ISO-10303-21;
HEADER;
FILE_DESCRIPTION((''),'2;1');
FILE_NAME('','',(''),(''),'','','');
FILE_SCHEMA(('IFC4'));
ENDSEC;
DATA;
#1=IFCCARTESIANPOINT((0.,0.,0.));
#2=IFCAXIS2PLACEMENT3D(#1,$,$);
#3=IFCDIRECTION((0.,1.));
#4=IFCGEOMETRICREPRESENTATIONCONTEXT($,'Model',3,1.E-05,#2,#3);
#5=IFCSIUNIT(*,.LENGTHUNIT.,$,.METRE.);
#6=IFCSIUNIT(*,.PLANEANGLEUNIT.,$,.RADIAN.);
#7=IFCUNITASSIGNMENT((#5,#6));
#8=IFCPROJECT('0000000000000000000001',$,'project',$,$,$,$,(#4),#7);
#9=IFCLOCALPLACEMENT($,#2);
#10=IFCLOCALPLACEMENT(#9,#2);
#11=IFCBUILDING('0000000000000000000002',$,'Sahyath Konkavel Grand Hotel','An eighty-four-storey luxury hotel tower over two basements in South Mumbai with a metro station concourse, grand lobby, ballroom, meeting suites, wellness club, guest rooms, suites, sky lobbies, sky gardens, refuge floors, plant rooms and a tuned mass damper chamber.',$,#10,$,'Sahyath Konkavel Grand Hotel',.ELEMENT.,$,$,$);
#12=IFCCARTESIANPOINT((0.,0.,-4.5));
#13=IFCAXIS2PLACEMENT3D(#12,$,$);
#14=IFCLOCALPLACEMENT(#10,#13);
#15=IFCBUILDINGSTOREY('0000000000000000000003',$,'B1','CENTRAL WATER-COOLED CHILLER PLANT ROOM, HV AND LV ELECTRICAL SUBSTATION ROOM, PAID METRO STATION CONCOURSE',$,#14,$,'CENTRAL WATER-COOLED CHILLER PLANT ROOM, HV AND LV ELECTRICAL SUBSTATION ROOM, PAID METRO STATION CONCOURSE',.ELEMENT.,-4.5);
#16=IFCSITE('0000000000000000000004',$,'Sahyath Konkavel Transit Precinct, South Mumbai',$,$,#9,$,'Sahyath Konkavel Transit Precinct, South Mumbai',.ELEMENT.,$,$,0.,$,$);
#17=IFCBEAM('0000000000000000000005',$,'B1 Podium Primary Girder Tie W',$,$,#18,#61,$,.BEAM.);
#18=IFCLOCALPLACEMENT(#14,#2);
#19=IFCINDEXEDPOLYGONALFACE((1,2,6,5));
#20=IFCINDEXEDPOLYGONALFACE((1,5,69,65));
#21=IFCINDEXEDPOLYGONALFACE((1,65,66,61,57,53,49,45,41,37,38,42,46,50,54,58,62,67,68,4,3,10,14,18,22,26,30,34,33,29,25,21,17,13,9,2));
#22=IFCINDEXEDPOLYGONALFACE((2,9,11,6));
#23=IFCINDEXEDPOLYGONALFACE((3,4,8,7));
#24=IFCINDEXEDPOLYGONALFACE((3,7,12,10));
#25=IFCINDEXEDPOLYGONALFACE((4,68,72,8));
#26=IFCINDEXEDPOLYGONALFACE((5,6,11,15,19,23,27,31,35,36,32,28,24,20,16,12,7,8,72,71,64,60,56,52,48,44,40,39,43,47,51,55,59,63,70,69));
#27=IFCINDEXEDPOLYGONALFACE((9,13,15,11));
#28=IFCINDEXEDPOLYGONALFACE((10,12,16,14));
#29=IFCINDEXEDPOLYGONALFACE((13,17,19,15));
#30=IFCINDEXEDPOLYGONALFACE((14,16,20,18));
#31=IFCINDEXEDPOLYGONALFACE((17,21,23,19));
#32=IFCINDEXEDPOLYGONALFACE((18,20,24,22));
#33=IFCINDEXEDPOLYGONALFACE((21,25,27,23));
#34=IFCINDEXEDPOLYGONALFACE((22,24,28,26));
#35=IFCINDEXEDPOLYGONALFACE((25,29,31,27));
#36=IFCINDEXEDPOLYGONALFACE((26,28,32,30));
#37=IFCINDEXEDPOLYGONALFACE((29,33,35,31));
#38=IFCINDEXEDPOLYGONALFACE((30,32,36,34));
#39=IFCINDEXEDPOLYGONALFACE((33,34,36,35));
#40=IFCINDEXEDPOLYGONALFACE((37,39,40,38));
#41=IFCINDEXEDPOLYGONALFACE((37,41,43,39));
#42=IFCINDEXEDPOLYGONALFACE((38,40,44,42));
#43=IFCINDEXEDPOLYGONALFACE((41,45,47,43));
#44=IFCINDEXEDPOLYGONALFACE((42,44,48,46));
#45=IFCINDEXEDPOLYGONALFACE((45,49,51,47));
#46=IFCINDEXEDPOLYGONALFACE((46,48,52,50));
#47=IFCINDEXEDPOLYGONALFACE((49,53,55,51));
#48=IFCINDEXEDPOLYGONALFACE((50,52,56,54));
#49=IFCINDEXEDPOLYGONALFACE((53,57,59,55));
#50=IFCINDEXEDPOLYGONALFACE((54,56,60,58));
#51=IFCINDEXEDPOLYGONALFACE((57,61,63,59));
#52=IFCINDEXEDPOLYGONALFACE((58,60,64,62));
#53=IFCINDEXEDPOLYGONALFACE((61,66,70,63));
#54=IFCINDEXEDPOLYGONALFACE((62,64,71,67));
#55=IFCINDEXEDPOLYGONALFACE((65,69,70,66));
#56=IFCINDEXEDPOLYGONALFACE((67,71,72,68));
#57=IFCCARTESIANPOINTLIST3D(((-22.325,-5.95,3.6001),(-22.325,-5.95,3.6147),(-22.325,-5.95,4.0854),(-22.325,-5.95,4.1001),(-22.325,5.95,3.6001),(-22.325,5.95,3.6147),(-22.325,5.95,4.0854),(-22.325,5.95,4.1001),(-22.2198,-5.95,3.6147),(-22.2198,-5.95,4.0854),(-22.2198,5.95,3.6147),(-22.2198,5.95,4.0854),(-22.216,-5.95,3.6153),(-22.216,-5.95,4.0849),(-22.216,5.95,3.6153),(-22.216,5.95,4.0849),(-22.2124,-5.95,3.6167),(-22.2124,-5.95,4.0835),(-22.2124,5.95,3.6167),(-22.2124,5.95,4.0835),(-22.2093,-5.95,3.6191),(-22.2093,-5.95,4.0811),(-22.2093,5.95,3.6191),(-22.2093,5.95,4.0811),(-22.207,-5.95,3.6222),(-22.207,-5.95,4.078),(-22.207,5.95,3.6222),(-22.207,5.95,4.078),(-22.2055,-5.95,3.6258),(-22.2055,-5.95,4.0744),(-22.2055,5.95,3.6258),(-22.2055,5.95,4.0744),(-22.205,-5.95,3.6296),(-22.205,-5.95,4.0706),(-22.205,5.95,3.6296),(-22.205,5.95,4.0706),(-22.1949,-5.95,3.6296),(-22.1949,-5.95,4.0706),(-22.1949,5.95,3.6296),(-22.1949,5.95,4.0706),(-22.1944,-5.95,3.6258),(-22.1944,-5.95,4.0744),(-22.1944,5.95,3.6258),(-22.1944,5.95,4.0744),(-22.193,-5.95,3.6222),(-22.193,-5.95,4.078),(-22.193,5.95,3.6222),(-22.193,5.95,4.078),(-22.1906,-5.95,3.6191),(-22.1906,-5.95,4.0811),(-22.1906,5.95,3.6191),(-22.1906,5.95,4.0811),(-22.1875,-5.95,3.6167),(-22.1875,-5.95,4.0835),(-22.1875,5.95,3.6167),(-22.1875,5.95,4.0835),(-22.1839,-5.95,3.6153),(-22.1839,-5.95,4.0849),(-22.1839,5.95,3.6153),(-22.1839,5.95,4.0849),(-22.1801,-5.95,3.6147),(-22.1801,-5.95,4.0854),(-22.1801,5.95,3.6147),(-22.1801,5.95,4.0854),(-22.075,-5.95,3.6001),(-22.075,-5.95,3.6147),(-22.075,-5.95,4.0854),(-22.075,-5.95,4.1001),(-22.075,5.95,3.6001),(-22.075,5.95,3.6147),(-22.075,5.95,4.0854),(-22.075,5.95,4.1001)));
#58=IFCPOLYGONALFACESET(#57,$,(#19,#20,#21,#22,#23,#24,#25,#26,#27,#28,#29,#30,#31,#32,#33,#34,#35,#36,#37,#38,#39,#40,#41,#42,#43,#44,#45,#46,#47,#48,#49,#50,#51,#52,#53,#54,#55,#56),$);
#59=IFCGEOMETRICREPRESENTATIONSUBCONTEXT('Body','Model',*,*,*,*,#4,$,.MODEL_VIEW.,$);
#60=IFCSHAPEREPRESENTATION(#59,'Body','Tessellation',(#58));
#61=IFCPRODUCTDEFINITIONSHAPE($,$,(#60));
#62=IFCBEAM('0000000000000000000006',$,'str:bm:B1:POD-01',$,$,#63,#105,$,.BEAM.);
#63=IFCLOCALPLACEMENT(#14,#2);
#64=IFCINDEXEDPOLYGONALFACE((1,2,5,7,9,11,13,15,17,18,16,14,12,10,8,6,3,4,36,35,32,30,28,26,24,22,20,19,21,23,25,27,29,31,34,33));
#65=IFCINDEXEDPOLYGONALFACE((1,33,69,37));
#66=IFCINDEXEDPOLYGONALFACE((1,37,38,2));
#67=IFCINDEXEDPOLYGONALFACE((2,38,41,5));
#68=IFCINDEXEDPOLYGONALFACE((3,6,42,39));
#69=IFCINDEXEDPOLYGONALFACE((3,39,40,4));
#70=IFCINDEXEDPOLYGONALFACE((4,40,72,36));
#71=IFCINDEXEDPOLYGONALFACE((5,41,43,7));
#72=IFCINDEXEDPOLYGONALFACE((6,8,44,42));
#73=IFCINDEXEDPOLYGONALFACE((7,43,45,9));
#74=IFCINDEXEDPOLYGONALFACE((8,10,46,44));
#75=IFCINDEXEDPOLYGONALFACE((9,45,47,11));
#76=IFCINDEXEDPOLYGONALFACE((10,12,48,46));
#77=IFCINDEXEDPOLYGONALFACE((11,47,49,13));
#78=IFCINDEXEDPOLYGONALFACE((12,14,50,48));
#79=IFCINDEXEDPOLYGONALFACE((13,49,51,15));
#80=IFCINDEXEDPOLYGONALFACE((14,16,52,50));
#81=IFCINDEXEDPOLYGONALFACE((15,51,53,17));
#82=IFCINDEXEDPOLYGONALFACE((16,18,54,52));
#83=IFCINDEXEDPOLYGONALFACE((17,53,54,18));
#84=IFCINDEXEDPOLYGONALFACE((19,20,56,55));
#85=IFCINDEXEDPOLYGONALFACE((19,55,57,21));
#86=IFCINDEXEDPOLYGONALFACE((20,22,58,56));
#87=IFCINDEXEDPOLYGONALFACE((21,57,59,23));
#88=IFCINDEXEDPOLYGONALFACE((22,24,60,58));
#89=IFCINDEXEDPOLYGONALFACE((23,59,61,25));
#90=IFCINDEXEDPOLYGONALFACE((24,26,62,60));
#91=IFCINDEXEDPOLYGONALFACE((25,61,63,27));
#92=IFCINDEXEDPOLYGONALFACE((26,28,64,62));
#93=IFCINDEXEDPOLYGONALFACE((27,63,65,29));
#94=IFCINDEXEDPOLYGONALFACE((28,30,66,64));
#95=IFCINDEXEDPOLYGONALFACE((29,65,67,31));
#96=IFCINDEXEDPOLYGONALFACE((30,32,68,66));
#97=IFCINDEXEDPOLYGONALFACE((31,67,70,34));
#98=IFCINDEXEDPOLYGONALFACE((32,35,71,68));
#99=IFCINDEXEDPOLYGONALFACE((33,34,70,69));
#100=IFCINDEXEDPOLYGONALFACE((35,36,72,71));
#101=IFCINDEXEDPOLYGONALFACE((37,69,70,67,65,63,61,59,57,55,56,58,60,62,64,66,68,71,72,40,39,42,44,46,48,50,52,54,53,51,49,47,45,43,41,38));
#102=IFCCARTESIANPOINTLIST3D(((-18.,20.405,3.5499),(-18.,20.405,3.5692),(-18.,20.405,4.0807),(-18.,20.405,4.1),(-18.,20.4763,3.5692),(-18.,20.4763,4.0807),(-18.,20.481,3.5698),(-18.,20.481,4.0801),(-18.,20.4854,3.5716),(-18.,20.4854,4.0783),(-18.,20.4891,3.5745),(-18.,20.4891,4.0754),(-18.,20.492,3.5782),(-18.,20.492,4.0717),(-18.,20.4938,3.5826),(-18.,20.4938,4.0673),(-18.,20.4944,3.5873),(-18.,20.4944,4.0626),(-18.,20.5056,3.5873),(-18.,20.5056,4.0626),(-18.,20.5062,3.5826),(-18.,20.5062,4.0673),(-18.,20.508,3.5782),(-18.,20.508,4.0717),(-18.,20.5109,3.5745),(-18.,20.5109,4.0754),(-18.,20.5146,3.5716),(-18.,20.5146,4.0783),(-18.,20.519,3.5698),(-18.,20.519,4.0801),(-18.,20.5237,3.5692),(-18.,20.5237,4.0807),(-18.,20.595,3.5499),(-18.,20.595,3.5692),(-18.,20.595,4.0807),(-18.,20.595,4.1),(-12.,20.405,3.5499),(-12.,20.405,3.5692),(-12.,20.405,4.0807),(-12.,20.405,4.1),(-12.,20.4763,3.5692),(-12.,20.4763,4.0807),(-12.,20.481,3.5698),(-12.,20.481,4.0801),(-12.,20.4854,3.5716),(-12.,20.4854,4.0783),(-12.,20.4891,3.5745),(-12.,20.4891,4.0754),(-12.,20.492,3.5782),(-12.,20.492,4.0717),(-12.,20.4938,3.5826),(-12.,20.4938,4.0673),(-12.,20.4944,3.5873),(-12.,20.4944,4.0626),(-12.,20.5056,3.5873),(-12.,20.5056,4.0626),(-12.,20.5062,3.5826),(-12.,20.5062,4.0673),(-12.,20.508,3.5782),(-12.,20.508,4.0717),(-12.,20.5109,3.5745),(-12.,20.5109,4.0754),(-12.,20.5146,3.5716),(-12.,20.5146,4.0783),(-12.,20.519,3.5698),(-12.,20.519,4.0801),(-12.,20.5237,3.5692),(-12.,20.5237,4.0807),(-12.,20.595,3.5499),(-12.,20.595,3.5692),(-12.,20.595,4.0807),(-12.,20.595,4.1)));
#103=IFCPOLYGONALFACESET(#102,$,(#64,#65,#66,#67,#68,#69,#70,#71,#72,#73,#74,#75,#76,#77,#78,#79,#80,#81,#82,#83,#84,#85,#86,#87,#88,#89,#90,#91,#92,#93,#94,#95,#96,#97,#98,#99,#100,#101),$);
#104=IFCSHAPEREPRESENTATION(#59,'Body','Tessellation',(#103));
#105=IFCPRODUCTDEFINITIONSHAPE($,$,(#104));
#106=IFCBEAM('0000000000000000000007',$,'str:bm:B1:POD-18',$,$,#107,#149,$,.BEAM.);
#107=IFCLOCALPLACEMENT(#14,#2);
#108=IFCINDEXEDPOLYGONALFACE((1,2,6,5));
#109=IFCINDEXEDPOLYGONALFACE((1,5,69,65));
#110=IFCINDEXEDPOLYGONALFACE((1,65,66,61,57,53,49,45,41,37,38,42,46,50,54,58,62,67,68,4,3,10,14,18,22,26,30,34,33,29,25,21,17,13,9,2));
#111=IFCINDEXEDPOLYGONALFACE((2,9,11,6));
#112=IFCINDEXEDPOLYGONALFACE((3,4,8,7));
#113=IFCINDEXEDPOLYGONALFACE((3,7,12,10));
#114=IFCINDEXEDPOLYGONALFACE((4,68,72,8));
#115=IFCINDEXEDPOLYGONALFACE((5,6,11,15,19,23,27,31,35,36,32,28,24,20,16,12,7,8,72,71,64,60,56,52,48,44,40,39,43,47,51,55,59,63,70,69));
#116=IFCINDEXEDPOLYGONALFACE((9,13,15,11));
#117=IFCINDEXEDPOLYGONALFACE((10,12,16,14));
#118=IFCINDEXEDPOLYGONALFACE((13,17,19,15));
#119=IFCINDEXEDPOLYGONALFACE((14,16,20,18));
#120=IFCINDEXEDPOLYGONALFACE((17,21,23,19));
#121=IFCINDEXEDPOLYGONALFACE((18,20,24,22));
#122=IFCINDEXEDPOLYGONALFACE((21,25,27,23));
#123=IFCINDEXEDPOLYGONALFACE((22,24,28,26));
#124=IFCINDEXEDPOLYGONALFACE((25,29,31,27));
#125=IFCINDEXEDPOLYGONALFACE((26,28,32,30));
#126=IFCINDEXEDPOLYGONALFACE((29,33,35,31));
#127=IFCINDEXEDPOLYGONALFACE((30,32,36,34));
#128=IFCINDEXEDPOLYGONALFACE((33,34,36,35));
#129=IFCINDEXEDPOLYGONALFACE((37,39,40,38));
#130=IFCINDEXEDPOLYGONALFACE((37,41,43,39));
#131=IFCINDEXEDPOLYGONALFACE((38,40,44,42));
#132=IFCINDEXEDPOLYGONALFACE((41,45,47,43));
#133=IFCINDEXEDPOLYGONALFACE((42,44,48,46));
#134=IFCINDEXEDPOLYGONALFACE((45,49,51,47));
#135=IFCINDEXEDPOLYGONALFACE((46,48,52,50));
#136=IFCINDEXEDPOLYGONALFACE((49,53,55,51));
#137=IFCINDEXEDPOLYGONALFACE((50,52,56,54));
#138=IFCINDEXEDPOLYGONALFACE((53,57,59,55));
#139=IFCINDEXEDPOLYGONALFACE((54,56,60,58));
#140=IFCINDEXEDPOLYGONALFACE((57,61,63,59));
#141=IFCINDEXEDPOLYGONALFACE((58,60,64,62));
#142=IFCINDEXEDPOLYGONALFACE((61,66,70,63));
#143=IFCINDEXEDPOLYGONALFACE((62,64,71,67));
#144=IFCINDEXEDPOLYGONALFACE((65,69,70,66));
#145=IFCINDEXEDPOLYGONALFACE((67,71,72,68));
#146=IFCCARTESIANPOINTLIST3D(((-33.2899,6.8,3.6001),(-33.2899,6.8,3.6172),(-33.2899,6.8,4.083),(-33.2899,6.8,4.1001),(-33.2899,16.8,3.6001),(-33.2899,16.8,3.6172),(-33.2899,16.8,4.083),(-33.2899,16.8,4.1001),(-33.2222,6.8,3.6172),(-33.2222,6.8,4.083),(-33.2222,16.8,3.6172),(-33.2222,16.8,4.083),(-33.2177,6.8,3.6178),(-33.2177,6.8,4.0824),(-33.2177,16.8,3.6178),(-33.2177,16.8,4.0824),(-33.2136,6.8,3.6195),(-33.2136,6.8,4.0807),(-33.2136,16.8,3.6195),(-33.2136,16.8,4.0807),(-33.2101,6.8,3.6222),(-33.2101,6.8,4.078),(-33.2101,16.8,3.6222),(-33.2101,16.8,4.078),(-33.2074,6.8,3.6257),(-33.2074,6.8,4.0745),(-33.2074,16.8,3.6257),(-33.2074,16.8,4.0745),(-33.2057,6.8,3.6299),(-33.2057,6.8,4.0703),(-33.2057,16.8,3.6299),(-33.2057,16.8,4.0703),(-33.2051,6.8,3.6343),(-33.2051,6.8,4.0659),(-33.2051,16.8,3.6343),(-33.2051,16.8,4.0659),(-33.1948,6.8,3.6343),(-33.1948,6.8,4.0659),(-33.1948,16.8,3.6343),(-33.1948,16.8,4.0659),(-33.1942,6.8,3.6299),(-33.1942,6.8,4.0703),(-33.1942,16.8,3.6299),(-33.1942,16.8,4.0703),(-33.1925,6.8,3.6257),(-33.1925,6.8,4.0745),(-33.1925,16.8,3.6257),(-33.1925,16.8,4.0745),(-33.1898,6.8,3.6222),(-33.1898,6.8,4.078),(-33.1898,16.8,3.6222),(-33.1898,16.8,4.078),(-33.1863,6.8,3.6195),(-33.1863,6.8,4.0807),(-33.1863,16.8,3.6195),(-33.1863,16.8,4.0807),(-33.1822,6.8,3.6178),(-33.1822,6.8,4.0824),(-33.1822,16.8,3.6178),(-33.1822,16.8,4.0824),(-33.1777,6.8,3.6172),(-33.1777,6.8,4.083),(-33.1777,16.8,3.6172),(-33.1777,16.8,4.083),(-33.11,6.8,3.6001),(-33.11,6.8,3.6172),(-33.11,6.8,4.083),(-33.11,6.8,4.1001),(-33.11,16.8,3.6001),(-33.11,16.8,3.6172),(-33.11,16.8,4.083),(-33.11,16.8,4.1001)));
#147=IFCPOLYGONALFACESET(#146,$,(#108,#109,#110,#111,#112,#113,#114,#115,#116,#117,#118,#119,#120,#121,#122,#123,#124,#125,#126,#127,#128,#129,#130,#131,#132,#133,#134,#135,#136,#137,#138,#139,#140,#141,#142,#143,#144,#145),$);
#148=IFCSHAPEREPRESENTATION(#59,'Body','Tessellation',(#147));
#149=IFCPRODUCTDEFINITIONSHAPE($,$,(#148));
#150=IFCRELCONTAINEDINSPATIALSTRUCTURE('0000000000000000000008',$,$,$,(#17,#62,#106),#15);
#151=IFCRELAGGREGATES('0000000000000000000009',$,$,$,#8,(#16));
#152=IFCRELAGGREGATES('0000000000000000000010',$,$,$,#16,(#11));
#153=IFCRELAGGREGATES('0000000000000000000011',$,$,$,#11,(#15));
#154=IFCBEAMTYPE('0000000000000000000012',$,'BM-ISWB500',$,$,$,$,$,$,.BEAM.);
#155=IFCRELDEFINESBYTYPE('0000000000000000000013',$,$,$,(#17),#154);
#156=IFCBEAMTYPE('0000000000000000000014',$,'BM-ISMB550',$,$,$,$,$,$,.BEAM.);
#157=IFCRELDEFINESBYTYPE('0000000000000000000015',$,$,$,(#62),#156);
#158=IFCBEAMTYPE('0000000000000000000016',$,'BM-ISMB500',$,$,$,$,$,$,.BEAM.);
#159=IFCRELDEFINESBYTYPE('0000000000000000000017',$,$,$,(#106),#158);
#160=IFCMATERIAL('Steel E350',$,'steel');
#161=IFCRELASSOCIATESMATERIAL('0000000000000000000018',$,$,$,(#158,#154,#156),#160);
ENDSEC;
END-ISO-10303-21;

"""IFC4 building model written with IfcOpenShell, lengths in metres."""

from ifc_helpers import new_model, si_unit, direction, frame, origin, origin_2d, place, context, subcontext, project, spatial, i_section, extrude, source, transform, mapped, material, material_profile, profile_set, type_object, element, save


model = new_model("IFC4")

# Units and contexts
model_context = context("Model", 3, precision=1e-05, world=origin(), true_north=direction((0.0, 1.0)))
body_context = subcontext(model_context, "Body", "Model", "MODEL_VIEW")
ifc_project = project(units=[si_unit("LENGTHUNIT", "METRE"), si_unit("PLANEANGLEUNIT", "RADIAN")], contexts=[model_context])

# Site, building, storey
site_placement = place(None, origin())
site = spatial("IfcSite", under=ifc_project, at=site_placement, Name="Sahyath Konkavel Transit Precinct, South Mumbai", LongName="Sahyath Konkavel Transit Precinct, South Mumbai", CompositionType="ELEMENT", RefElevation=0.0)
building_placement = place(site_placement, origin())
building = spatial("IfcBuilding", under=site, at=building_placement, Name="Sahyath Konkavel Grand Hotel", Description="An eighty-four-storey luxury hotel tower over two basements in South Mumbai with a metro station concourse, grand lobby, ballroom, meeting suites, wellness club, guest rooms, suites, sky lobbies, sky gardens, refuge floors, plant rooms and a tuned mass damper chamber.", LongName="Sahyath Konkavel Grand Hotel", CompositionType="ELEMENT")
storey_placement = place(building_placement, frame((0.0, 0.0, -4.5)))
storey = spatial("IfcBuildingStorey", under=building, at=storey_placement, Name="B1", Description="CENTRAL WATER-COOLED CHILLER PLANT ROOM, HV AND LV ELECTRICAL SUBSTATION ROOM, PAID METRO STATION CONCOURSE", LongName="CENTRAL WATER-COOLED CHILLER PLANT ROOM, HV AND LV ELECTRICAL SUBSTATION ROOM, PAID METRO STATION CONCOURSE", CompositionType="ELEMENT", Elevation=-4.5)

# Beams
ifc_material_1 = material(Name="Steel E350", Category="steel")
ifc_material_profile_1 = material_profile(ifc_material_1, i_section(OverallWidth=0.1799, OverallDepth=0.5, WebThickness=0.0103, FlangeThickness=0.0171, FilletRadius=0.0171, at=origin_2d()), Name="ISMB 500")
ifc_profile_set_1 = profile_set([ifc_material_profile_1], Name="Steel E350")
beam_type_1 = type_object("IfcBeamType", Name="BM-ISMB500", PredefinedType="BEAM", material=ifc_profile_set_1)
ifc_material_profile_2 = material_profile(ifc_material_1, i_section(OverallWidth=0.25, OverallDepth=0.5, WebThickness=0.01, FlangeThickness=0.0146, FilletRadius=0.0149, at=origin_2d()), Name="ISWB 500")
ifc_profile_set_2 = profile_set([ifc_material_profile_2], Name="Steel E350")
beam_type_2 = type_object("IfcBeamType", Name="BM-ISWB500", PredefinedType="BEAM", material=ifc_profile_set_2)
shared_shape_1 = source(origin(), body_context, "Body", "SweptSolid", [
    extrude(i_section(OverallWidth=0.25, OverallDepth=0.5, WebThickness=0.01, FlangeThickness=0.0146, FilletRadius=0.0149, at=origin_2d()), origin(), (0.0, 0.0, 1.0), 11.8999),
])
beam_1_placement = place(storey_placement, frame((-22.2, 5.95, 3.8501), z_axis=(0.0, -1.0, 0.0), x_axis=(1.0, 0.0, 0.0)))
element("IfcBeam", 1, at=beam_1_placement, inside=storey, type_object=beam_type_2, Name="B1 Podium Primary Girder Tie W", PredefinedType="BEAM", context=body_context, shape_type="MappedRepresentation", body=[
    mapped(shared_shape_1, transform((0.0, 0.0, 0.0), scale=1.0)),
])
ifc_material_profile_3 = material_profile(ifc_material_1, i_section(OverallWidth=0.1899, OverallDepth=0.55, WebThickness=0.0112, FlangeThickness=0.0193, FilletRadius=0.0181, at=origin_2d()), Name="ISMB 550")
ifc_profile_set_3 = profile_set([ifc_material_profile_3], Name="Steel E350")
beam_type_3 = type_object("IfcBeamType", Name="BM-ISMB550", PredefinedType="BEAM", material=ifc_profile_set_3)
shared_shape_2 = source(origin(), body_context, "Body", "SweptSolid", [
    extrude(i_section(OverallWidth=0.1899, OverallDepth=0.55, WebThickness=0.0112, FlangeThickness=0.0193, FilletRadius=0.0181, at=origin_2d()), origin(), (0.0, 0.0, 1.0), 6.0),
])
beam_2_placement = place(storey_placement, frame((-18.0, 20.5, 3.825), z_axis=(1.0, 0.0, 0.0), x_axis=(0.0, 1.0, 0.0)))
element("IfcBeam", 2, at=beam_2_placement, inside=storey, type_object=beam_type_3, Name="str:bm:B1:POD-01", PredefinedType="BEAM", context=body_context, shape_type="MappedRepresentation", body=[
    mapped(shared_shape_2, transform((0.0, 0.0, 0.0), scale=1.0)),
])
shared_shape_3 = source(origin(), body_context, "Body", "SweptSolid", [
    extrude(i_section(OverallWidth=0.1799, OverallDepth=0.5, WebThickness=0.0103, FlangeThickness=0.0171, FilletRadius=0.0171, at=origin_2d()), origin(), (0.0, 0.0, 1.0), 10.0),
])
beam_3_placement = place(storey_placement, frame((-33.2, 6.8, 3.8501), z_axis=(0.0, 1.0, 0.0), x_axis=(-1.0, 0.0, 0.0)))
element("IfcBeam", 3, at=beam_3_placement, inside=storey, type_object=beam_type_1, Name="str:bm:B1:POD-18", PredefinedType="BEAM", context=body_context, shape_type="MappedRepresentation", body=[
    mapped(shared_shape_3, transform((0.0, 0.0, 0.0), scale=1.0)),
])

save(model, "model.ifc")
